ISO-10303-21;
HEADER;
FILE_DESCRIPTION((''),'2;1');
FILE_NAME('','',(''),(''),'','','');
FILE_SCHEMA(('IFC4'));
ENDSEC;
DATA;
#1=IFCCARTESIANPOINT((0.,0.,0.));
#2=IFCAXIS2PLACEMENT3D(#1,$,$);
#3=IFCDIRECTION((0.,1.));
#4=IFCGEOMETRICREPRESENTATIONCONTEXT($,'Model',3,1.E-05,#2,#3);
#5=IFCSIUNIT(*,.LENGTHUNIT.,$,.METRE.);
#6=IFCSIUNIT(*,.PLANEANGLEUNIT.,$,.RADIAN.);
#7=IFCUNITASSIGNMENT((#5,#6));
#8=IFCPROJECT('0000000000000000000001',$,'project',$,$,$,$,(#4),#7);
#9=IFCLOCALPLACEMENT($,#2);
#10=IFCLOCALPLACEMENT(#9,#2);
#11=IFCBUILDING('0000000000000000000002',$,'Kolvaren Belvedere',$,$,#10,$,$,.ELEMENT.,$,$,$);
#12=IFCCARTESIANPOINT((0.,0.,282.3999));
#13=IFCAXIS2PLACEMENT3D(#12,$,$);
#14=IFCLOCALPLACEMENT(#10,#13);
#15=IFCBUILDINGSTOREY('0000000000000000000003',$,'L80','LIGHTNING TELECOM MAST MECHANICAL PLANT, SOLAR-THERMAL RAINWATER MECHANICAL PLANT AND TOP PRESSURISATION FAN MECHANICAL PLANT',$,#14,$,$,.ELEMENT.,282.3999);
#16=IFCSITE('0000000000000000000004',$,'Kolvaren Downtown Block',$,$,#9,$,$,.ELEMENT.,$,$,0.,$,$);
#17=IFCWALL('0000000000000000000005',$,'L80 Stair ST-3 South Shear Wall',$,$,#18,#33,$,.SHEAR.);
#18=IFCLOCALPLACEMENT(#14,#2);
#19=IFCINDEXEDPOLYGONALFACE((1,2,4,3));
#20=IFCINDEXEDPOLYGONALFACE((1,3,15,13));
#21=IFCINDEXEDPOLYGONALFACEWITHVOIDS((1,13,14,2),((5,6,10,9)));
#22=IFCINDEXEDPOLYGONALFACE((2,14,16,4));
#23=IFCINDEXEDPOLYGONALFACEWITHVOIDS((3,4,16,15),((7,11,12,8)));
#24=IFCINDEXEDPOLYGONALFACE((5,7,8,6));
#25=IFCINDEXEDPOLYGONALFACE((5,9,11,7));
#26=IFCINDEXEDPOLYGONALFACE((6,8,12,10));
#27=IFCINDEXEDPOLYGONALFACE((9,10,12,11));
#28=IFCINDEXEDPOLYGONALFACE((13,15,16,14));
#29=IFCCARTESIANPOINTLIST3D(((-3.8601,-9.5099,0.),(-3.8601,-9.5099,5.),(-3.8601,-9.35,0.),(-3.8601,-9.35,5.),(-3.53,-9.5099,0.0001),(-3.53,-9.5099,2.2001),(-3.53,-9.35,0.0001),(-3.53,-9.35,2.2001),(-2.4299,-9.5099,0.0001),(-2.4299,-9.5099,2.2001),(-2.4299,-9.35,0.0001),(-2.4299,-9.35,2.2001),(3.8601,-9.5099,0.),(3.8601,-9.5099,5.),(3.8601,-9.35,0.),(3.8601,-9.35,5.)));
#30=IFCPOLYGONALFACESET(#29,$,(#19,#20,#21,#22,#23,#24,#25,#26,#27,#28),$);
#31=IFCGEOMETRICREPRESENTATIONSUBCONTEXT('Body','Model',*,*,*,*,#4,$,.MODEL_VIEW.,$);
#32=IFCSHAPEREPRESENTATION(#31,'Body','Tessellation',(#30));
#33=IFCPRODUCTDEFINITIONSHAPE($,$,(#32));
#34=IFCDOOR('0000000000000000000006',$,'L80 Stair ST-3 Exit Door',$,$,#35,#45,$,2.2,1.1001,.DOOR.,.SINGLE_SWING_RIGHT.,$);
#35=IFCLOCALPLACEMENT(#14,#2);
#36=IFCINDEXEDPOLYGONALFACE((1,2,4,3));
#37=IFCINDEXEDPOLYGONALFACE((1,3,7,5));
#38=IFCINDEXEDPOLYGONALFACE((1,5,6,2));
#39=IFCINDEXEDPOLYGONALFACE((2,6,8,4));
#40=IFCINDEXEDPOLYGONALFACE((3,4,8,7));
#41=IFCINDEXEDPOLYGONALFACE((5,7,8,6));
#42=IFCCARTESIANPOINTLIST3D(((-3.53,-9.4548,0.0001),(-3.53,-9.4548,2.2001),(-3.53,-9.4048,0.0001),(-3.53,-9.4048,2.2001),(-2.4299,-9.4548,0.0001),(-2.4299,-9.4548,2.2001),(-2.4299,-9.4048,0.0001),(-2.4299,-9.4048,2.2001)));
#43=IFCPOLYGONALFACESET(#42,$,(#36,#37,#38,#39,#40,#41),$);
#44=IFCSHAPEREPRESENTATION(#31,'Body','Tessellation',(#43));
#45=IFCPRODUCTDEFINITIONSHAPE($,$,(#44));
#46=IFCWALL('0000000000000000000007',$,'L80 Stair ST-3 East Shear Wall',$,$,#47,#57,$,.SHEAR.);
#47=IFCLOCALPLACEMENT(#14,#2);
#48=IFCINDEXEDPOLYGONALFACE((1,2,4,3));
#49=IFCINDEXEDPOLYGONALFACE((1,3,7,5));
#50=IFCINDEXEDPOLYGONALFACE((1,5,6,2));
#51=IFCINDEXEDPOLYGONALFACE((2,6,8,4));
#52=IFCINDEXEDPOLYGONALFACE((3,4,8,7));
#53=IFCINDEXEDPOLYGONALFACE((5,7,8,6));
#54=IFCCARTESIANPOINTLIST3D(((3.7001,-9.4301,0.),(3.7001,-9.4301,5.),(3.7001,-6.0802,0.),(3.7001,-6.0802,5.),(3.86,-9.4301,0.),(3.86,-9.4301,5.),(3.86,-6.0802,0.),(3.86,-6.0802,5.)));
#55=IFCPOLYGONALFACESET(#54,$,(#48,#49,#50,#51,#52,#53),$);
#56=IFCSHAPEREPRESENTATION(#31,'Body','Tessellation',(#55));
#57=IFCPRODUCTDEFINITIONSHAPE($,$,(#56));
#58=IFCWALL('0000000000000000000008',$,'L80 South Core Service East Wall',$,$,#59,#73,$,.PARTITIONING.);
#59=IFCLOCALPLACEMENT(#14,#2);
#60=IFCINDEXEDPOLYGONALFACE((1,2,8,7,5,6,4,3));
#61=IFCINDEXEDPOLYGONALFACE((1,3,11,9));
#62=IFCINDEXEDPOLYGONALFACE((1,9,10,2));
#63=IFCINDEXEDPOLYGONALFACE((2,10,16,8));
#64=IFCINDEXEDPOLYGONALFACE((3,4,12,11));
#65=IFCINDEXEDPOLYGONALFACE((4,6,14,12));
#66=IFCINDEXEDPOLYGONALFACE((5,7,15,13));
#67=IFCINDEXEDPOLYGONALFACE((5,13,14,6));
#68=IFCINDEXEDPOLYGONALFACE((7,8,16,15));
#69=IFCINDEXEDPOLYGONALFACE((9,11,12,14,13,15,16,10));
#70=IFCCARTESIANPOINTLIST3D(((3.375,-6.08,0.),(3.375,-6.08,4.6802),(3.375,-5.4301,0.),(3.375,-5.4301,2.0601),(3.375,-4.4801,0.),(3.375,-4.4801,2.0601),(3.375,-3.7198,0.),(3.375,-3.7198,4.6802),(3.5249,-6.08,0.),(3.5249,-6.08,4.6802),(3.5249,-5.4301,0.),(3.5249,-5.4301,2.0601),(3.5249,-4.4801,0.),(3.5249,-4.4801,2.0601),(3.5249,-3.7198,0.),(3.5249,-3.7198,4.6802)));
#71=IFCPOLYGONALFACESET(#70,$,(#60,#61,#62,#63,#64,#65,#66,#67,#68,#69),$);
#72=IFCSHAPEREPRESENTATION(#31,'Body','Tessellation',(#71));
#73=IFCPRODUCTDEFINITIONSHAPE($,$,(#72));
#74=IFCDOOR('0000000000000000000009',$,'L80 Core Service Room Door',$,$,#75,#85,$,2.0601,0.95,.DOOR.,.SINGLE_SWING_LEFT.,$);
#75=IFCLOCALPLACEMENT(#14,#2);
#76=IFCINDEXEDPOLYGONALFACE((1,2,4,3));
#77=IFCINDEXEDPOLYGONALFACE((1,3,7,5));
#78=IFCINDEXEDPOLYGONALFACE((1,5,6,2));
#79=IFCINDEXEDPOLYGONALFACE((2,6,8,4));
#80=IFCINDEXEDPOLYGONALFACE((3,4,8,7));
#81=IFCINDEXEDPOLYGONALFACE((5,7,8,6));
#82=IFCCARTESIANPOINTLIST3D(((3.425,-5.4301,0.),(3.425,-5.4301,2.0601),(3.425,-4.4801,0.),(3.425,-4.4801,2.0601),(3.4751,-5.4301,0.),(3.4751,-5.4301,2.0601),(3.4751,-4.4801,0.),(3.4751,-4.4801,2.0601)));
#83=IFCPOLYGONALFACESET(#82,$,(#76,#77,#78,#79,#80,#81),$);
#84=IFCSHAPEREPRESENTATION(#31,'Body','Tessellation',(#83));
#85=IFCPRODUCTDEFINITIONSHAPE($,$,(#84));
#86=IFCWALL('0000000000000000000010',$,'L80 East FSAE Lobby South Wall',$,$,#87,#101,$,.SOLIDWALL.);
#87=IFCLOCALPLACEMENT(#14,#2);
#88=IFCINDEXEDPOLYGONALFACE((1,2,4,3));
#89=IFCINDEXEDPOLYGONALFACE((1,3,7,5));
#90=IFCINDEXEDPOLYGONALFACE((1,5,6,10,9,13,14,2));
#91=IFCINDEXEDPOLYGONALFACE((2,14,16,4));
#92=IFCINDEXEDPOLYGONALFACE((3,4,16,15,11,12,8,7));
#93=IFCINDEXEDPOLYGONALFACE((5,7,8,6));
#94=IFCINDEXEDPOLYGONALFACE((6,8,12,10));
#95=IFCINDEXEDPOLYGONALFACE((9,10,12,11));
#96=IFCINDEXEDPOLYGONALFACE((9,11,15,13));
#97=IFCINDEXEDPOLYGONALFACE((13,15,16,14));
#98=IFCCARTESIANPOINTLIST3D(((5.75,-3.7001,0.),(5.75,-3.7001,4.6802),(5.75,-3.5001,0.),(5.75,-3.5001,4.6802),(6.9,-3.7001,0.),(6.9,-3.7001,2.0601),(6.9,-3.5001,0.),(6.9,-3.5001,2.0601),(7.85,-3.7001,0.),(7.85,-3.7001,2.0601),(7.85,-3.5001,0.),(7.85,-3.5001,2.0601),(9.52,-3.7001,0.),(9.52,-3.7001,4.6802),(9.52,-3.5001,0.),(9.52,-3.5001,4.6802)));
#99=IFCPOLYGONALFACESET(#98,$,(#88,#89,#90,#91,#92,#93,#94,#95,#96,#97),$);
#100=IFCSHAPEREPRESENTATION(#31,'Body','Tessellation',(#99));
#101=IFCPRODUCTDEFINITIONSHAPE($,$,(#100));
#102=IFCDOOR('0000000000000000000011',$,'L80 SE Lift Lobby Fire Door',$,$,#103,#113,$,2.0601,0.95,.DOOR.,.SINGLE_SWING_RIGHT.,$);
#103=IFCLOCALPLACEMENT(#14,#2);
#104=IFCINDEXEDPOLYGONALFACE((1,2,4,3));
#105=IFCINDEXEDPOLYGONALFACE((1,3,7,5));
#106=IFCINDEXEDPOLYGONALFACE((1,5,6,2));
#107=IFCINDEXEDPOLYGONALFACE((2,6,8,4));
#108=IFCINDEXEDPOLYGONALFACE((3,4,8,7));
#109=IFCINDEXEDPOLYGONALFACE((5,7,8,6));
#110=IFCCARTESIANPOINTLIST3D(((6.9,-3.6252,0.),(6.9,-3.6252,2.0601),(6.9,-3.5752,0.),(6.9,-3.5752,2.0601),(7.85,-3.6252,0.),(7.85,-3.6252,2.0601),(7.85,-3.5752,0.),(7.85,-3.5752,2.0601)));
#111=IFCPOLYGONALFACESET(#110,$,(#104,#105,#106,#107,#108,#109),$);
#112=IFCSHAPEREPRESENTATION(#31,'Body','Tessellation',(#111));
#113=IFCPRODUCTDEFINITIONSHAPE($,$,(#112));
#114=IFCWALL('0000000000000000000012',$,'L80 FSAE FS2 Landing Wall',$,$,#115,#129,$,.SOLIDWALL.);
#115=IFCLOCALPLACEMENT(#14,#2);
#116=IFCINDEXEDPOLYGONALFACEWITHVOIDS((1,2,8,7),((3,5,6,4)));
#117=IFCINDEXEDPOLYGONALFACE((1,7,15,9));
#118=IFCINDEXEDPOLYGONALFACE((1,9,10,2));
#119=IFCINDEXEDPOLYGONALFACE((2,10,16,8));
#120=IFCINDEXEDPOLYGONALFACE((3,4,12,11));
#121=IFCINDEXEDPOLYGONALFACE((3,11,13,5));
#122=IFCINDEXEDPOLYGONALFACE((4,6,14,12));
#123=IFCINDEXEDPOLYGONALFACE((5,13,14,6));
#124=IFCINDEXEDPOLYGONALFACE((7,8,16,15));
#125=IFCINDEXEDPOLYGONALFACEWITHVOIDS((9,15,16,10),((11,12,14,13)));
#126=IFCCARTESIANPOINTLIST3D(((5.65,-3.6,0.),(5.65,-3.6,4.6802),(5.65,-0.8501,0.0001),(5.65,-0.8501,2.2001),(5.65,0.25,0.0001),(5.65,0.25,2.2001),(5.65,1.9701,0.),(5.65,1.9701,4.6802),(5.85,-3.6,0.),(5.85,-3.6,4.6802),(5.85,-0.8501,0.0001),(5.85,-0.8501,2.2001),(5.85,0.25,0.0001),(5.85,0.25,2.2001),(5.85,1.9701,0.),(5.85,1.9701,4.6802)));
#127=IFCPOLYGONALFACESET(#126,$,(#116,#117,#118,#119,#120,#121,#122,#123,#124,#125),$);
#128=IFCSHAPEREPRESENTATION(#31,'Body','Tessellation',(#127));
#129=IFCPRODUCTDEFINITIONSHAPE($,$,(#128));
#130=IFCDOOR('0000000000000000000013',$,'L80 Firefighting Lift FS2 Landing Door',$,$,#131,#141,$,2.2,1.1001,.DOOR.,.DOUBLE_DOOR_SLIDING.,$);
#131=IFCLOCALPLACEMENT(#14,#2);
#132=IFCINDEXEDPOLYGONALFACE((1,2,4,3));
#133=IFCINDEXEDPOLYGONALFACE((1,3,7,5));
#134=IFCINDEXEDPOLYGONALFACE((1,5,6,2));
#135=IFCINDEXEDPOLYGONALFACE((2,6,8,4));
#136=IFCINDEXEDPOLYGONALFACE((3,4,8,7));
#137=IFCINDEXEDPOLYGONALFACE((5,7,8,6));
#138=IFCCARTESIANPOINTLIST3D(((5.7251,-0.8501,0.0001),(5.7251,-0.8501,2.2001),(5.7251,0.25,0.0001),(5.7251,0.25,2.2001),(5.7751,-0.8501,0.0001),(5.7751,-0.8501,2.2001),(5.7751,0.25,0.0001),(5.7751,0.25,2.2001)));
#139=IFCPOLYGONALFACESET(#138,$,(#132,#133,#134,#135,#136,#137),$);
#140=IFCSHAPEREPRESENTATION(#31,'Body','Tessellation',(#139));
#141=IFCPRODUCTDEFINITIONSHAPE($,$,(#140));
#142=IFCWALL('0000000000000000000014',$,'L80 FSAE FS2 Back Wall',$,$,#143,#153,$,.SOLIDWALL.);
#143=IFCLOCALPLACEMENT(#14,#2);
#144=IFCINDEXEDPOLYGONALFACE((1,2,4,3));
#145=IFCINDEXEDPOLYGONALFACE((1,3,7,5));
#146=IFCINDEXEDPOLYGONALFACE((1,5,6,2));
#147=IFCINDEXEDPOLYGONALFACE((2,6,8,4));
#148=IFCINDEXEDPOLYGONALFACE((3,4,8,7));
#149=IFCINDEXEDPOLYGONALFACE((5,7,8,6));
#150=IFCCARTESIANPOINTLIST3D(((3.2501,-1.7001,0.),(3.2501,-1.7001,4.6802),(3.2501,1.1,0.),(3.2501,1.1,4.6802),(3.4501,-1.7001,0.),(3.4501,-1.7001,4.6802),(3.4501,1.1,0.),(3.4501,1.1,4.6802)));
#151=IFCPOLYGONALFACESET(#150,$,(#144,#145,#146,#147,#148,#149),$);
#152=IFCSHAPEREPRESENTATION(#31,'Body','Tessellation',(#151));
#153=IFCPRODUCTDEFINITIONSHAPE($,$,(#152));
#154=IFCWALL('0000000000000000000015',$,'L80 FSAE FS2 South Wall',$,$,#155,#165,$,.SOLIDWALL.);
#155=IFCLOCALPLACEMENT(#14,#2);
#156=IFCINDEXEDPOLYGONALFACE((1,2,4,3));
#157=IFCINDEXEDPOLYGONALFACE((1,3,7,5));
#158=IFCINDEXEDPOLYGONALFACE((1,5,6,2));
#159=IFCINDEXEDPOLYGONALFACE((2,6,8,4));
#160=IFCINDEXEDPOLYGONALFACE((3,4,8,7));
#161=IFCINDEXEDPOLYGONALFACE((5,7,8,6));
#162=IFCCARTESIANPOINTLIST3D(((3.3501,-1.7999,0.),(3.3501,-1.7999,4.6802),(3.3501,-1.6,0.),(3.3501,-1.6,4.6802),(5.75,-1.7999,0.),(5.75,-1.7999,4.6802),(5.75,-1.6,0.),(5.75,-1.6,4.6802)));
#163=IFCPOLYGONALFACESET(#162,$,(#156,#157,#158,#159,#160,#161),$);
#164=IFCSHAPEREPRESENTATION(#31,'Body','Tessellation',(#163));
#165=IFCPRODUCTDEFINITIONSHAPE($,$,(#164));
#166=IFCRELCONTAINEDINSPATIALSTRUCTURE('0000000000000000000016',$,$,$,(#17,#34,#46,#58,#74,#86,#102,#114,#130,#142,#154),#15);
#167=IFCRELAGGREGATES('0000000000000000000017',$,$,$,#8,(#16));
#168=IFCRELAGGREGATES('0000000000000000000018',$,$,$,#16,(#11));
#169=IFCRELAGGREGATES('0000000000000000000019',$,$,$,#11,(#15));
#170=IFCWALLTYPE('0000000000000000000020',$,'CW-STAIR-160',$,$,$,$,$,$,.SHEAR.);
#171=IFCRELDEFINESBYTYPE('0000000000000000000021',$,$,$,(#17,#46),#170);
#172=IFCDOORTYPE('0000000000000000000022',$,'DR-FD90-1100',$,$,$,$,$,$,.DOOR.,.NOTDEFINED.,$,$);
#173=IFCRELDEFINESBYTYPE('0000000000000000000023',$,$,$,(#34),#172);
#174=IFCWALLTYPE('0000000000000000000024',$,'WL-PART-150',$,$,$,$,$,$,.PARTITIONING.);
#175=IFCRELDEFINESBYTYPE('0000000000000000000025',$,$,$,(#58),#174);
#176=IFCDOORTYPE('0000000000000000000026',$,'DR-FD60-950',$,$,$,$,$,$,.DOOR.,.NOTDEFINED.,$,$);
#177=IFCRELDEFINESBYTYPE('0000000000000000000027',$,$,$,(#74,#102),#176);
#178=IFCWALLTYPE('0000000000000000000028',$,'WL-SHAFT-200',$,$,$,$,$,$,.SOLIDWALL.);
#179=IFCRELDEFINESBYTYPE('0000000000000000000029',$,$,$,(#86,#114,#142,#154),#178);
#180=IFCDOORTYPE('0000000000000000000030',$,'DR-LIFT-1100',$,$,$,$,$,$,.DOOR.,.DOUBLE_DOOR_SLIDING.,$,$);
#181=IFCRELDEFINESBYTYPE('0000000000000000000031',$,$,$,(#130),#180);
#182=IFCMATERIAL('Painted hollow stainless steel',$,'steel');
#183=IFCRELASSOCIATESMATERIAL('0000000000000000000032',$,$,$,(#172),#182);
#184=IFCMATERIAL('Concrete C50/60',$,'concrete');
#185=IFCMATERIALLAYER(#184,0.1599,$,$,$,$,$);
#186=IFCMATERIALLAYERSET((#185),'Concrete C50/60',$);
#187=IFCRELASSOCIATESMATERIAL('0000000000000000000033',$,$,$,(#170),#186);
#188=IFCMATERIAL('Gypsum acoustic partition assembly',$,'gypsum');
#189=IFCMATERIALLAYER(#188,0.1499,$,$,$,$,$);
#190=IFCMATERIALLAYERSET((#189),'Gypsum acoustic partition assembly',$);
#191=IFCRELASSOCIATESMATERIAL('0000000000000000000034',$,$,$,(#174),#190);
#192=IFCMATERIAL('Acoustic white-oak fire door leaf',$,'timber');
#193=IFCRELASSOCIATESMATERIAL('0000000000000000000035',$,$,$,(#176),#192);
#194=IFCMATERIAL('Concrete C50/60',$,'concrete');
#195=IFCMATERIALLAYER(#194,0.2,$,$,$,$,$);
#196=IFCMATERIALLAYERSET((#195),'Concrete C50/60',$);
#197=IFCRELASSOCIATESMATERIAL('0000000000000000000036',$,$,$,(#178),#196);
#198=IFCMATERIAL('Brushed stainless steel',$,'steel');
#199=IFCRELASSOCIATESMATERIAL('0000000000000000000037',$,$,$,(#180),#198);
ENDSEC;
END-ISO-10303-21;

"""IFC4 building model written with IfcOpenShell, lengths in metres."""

from ifc_helpers import new_model, si_unit, direction, frame, frame_2d, origin, place, context, subcontext, project, spatial, rectangle, extrude, material, layer, layer_set, type_object, element, fill, save


model = new_model("IFC4")

# Units and contexts
model_context = context("Model", 3, precision=1e-05, world=origin(), true_north=direction((0.0, 1.0)))
body_context = subcontext(model_context, "Body", "Model", "MODEL_VIEW")
ifc_project = project(units=[si_unit("LENGTHUNIT", "METRE"), si_unit("PLANEANGLEUNIT", "RADIAN")], contexts=[model_context])

# Site, building, storey
site_placement = place(None, origin())
site = spatial("IfcSite", under=ifc_project, at=site_placement, Name="Kolvaren Downtown Block", CompositionType="ELEMENT", RefElevation=0.0)
building_placement = place(site_placement, origin())
building = spatial("IfcBuilding", under=site, at=building_placement, Name="Kolvaren Belvedere", CompositionType="ELEMENT")
storey_placement = place(building_placement, frame((0.0, 0.0, 282.3999)))
storey = spatial("IfcBuildingStorey", under=building, at=storey_placement, Name="L80", Description="LIGHTNING TELECOM MAST MECHANICAL PLANT, SOLAR-THERMAL RAINWATER MECHANICAL PLANT AND TOP PRESSURISATION FAN MECHANICAL PLANT", CompositionType="ELEMENT", Elevation=282.3999)

# Wall, opening, door
ifc_material_1 = material(Name="Painted hollow stainless steel", Category="steel")
door_type_1 = type_object("IfcDoorType", Name="DR-FD90-1100", OperationType="NOTDEFINED", PredefinedType="DOOR", material=ifc_material_1)
ifc_material_2 = material(Name="Concrete C50/60", Category="concrete")
ifc_layer_1 = layer(ifc_material_2, 0.1599)
ifc_layer_set_1 = layer_set([ifc_layer_1], Name="Concrete C50/60")
wall_type_1 = type_object("IfcWallType", Name="CW-STAIR-160", PredefinedType="SHEAR", material=ifc_layer_set_1)
wall_1_placement = place(storey_placement, frame((3.8601, -9.4299, 0.0), z_axis=(0.0, 0.0, 1.0), x_axis=(-1.0, 0.0, 0.0)))
wall_1 = element("IfcWall", 1, at=wall_1_placement, inside=storey, type_object=wall_type_1, Name="L80 Stair ST-3 South Shear Wall", PredefinedType="SHEAR", context=body_context, shape_type="SweptSolid", body=[
    extrude(rectangle(XDim=7.7202, YDim=0.1599, at=frame_2d((3.8601, 0.0))), origin(), (0.0, 0.0, 1.0), 5.0),
])
opening_1_placement = place(wall_1_placement, frame((6.29, 0.0, 0.0)))
opening_1 = element("IfcOpeningElement", 2, at=opening_1_placement, cuts=wall_1, PredefinedType="OPENING", context=body_context, shape_type="SweptSolid", body=[
    extrude(rectangle(XDim=1.1001, YDim=2.2, at=frame_2d((0.55, 1.1001))), frame((0.0, 0.0898, 0.0), z_axis=(0.0, -1.0, 0.0), x_axis=(1.0, 0.0, 0.0)), (0.0, 0.0, 1.0), 0.1799),
])
door_1_placement = place(opening_1_placement, origin())
door_1 = element("IfcDoor", 3, at=door_1_placement, inside=storey, type_object=door_type_1, Name="L80 Stair ST-3 Exit Door", OperationType="SINGLE_SWING_RIGHT", OverallHeight=2.2, OverallWidth=1.1001, PredefinedType="DOOR", context=body_context, shape_type="SweptSolid", body=[
    extrude(rectangle(XDim=1.1001, YDim=2.2, at=frame_2d((0.55, 1.1001))), frame((0.0, 0.0249, 0.0), z_axis=(0.0, -1.0, 0.0), x_axis=(1.0, 0.0, 0.0)), (0.0, 0.0, 1.0), 0.05),
])
fill(opening_1, door_1)

# Wall
wall_2_placement = place(storey_placement, frame((3.78, -9.4299, 0.0), z_axis=(0.0, 0.0, 1.0), x_axis=(0.0, 1.0, 0.0)))
element("IfcWall", 4, at=wall_2_placement, inside=storey, type_object=wall_type_1, Name="L80 Stair ST-3 East Shear Wall", PredefinedType="SHEAR", context=body_context, shape_type="SweptSolid", body=[
    extrude(rectangle(XDim=3.3499, YDim=0.1599, at=frame_2d((1.6748, 0.0))), origin(), (0.0, 0.0, 1.0), 5.0),
])

# Walls, openings, doors
ifc_material_3 = material(Name="Gypsum acoustic partition assembly", Category="gypsum")
ifc_layer_2 = layer(ifc_material_3, 0.1499)
ifc_layer_set_2 = layer_set([ifc_layer_2], Name="Gypsum acoustic partition assembly")
wall_type_2 = type_object("IfcWallType", Name="WL-PART-150", PredefinedType="PARTITIONING", material=ifc_layer_set_2)
wall_3_placement = place(storey_placement, frame((3.45, -6.0801, 0.0), z_axis=(0.0, 0.0, 1.0), x_axis=(0.0, 1.0, 0.0)))
wall_3 = element("IfcWall", 5, at=wall_3_placement, inside=storey, type_object=wall_type_2, Name="L80 South Core Service East Wall", PredefinedType="PARTITIONING", context=body_context, shape_type="SweptSolid", body=[
    extrude(rectangle(XDim=2.3601, YDim=0.1499, at=frame_2d((1.1802, 0.0))), origin(), (0.0, 0.0, 1.0), 4.6802),
])
opening_2_placement = place(wall_3_placement, frame((0.6499, 0.0, 0.0)))
opening_2 = element("IfcOpeningElement", 6, at=opening_2_placement, cuts=wall_3, PredefinedType="OPENING", context=body_context, shape_type="SweptSolid", body=[
    extrude(rectangle(XDim=0.95, YDim=2.0601, at=frame_2d((0.4751, 1.03))), frame((0.0, 0.085, 0.0), z_axis=(0.0, -1.0, 0.0), x_axis=(1.0, 0.0, 0.0)), (0.0, 0.0, 1.0), 0.1699),
])
ifc_material_4 = material(Name="Acoustic white-oak fire door leaf", Category="timber")
door_type_2 = type_object("IfcDoorType", Name="DR-FD60-950", OperationType="NOTDEFINED", PredefinedType="DOOR", material=ifc_material_4)
door_2_placement = place(opening_2_placement, origin())
door_2 = element("IfcDoor", 7, at=door_2_placement, inside=storey, type_object=door_type_2, Name="L80 Core Service Room Door", OperationType="SINGLE_SWING_LEFT", OverallHeight=2.0601, OverallWidth=0.95, PredefinedType="DOOR", context=body_context, shape_type="SweptSolid", body=[
    extrude(rectangle(XDim=0.95, YDim=2.0601, at=frame_2d((0.4751, 1.03))), frame((0.0, 0.0249, 0.0), z_axis=(0.0, -1.0, 0.0), x_axis=(1.0, 0.0, 0.0)), (0.0, 0.0, 1.0), 0.05),
])
fill(opening_2, door_2)
ifc_material_5 = material(Name="Concrete C50/60", Category="concrete")
ifc_layer_3 = layer(ifc_material_5, 0.2)
ifc_layer_set_3 = layer_set([ifc_layer_3], Name="Concrete C50/60")
wall_type_3 = type_object("IfcWallType", Name="WL-SHAFT-200", PredefinedType="SOLIDWALL", material=ifc_layer_set_3)
wall_4_placement = place(storey_placement, frame((5.75, -3.6001, 0.0), z_axis=(0.0, 0.0, 1.0), x_axis=(1.0, 0.0, 0.0)))
wall_4 = element("IfcWall", 8, at=wall_4_placement, inside=storey, type_object=wall_type_3, Name="L80 East FSAE Lobby South Wall", PredefinedType="SOLIDWALL", context=body_context, shape_type="SweptSolid", body=[
    extrude(rectangle(XDim=3.77, YDim=0.2, at=frame_2d((1.885, 0.0))), origin(), (0.0, 0.0, 1.0), 4.6802),
])
opening_3_placement = place(wall_4_placement, frame((1.1499, 0.0, 0.0)))
opening_3 = element("IfcOpeningElement", 9, at=opening_3_placement, cuts=wall_4, PredefinedType="OPENING", context=body_context, shape_type="SweptSolid", body=[
    extrude(rectangle(XDim=0.95, YDim=2.0601, at=frame_2d((0.4751, 1.03))), frame((0.0, 0.1099, 0.0), z_axis=(0.0, -1.0, 0.0), x_axis=(1.0, 0.0, 0.0)), (0.0, 0.0, 1.0), 0.22),
])
door_3_placement = place(opening_3_placement, origin())
door_3 = element("IfcDoor", 10, at=door_3_placement, inside=storey, type_object=door_type_2, Name="L80 SE Lift Lobby Fire Door", OperationType="SINGLE_SWING_RIGHT", OverallHeight=2.0601, OverallWidth=0.95, PredefinedType="DOOR", context=body_context, shape_type="SweptSolid", body=[
    extrude(rectangle(XDim=0.95, YDim=2.0601, at=frame_2d((0.4751, 1.03))), frame((0.0, 0.0249, 0.0), z_axis=(0.0, -1.0, 0.0), x_axis=(1.0, 0.0, 0.0)), (0.0, 0.0, 1.0), 0.05),
])
fill(opening_3, door_3)
wall_5_placement = place(storey_placement, frame((5.75, -3.6001, 0.0), z_axis=(0.0, 0.0, 1.0), x_axis=(0.0, 1.0, 0.0)))
wall_5 = element("IfcWall", 11, at=wall_5_placement, inside=storey, type_object=wall_type_3, Name="L80 FSAE FS2 Landing Wall", PredefinedType="SOLIDWALL", context=body_context, shape_type="SweptSolid", body=[
    extrude(rectangle(XDim=5.5701, YDim=0.2, at=frame_2d((2.7852, 0.0))), origin(), (0.0, 0.0, 1.0), 4.6802),
])
opening_4_placement = place(wall_5_placement, frame((2.75, 0.0, 0.0)))
opening_4 = element("IfcOpeningElement", 12, at=opening_4_placement, cuts=wall_5, PredefinedType="OPENING", context=body_context, shape_type="SweptSolid", body=[
    extrude(rectangle(XDim=1.1001, YDim=2.2, at=frame_2d((0.55, 1.1001))), frame((0.0, 0.1099, 0.0), z_axis=(0.0, -1.0, 0.0), x_axis=(1.0, 0.0, 0.0)), (0.0, 0.0, 1.0), 0.22),
])
ifc_material_6 = material(Name="Brushed stainless steel", Category="steel")
door_type_3 = type_object("IfcDoorType", Name="DR-LIFT-1100", OperationType="DOUBLE_DOOR_SLIDING", PredefinedType="DOOR", material=ifc_material_6)
door_4_placement = place(opening_4_placement, origin())
door_4 = element("IfcDoor", 13, at=door_4_placement, inside=storey, type_object=door_type_3, Name="L80 Firefighting Lift FS2 Landing Door", OperationType="DOUBLE_DOOR_SLIDING", OverallHeight=2.2, OverallWidth=1.1001, PredefinedType="DOOR", context=body_context, shape_type="SweptSolid", body=[
    extrude(rectangle(XDim=1.1001, YDim=2.2, at=frame_2d((0.55, 1.1001))), frame((0.0, 0.0249, 0.0), z_axis=(0.0, -1.0, 0.0), x_axis=(1.0, 0.0, 0.0)), (0.0, 0.0, 1.0), 0.05),
])
fill(opening_4, door_4)

# Walls
wall_6_placement = place(storey_placement, frame((3.3501, -1.7, 0.0), z_axis=(0.0, 0.0, 1.0), x_axis=(0.0, 1.0, 0.0)))
element("IfcWall", 14, at=wall_6_placement, inside=storey, type_object=wall_type_3, Name="L80 FSAE FS2 Back Wall", PredefinedType="SOLIDWALL", context=body_context, shape_type="SweptSolid", body=[
    extrude(rectangle(XDim=2.8, YDim=0.2, at=frame_2d((1.3999, 0.0))), origin(), (0.0, 0.0, 1.0), 4.6802),
])
wall_7_placement = place(storey_placement, frame((3.3501, -1.7, 0.0), z_axis=(0.0, 0.0, 1.0), x_axis=(1.0, 0.0, 0.0)))
element("IfcWall", 15, at=wall_7_placement, inside=storey, type_object=wall_type_3, Name="L80 FSAE FS2 South Wall", PredefinedType="SOLIDWALL", context=body_context, shape_type="SweptSolid", body=[
    extrude(rectangle(XDim=2.3999, YDim=0.2, at=frame_2d((1.2, 0.0))), origin(), (0.0, 0.0, 1.0), 4.6802),
])

save(model, "model.ifc")
